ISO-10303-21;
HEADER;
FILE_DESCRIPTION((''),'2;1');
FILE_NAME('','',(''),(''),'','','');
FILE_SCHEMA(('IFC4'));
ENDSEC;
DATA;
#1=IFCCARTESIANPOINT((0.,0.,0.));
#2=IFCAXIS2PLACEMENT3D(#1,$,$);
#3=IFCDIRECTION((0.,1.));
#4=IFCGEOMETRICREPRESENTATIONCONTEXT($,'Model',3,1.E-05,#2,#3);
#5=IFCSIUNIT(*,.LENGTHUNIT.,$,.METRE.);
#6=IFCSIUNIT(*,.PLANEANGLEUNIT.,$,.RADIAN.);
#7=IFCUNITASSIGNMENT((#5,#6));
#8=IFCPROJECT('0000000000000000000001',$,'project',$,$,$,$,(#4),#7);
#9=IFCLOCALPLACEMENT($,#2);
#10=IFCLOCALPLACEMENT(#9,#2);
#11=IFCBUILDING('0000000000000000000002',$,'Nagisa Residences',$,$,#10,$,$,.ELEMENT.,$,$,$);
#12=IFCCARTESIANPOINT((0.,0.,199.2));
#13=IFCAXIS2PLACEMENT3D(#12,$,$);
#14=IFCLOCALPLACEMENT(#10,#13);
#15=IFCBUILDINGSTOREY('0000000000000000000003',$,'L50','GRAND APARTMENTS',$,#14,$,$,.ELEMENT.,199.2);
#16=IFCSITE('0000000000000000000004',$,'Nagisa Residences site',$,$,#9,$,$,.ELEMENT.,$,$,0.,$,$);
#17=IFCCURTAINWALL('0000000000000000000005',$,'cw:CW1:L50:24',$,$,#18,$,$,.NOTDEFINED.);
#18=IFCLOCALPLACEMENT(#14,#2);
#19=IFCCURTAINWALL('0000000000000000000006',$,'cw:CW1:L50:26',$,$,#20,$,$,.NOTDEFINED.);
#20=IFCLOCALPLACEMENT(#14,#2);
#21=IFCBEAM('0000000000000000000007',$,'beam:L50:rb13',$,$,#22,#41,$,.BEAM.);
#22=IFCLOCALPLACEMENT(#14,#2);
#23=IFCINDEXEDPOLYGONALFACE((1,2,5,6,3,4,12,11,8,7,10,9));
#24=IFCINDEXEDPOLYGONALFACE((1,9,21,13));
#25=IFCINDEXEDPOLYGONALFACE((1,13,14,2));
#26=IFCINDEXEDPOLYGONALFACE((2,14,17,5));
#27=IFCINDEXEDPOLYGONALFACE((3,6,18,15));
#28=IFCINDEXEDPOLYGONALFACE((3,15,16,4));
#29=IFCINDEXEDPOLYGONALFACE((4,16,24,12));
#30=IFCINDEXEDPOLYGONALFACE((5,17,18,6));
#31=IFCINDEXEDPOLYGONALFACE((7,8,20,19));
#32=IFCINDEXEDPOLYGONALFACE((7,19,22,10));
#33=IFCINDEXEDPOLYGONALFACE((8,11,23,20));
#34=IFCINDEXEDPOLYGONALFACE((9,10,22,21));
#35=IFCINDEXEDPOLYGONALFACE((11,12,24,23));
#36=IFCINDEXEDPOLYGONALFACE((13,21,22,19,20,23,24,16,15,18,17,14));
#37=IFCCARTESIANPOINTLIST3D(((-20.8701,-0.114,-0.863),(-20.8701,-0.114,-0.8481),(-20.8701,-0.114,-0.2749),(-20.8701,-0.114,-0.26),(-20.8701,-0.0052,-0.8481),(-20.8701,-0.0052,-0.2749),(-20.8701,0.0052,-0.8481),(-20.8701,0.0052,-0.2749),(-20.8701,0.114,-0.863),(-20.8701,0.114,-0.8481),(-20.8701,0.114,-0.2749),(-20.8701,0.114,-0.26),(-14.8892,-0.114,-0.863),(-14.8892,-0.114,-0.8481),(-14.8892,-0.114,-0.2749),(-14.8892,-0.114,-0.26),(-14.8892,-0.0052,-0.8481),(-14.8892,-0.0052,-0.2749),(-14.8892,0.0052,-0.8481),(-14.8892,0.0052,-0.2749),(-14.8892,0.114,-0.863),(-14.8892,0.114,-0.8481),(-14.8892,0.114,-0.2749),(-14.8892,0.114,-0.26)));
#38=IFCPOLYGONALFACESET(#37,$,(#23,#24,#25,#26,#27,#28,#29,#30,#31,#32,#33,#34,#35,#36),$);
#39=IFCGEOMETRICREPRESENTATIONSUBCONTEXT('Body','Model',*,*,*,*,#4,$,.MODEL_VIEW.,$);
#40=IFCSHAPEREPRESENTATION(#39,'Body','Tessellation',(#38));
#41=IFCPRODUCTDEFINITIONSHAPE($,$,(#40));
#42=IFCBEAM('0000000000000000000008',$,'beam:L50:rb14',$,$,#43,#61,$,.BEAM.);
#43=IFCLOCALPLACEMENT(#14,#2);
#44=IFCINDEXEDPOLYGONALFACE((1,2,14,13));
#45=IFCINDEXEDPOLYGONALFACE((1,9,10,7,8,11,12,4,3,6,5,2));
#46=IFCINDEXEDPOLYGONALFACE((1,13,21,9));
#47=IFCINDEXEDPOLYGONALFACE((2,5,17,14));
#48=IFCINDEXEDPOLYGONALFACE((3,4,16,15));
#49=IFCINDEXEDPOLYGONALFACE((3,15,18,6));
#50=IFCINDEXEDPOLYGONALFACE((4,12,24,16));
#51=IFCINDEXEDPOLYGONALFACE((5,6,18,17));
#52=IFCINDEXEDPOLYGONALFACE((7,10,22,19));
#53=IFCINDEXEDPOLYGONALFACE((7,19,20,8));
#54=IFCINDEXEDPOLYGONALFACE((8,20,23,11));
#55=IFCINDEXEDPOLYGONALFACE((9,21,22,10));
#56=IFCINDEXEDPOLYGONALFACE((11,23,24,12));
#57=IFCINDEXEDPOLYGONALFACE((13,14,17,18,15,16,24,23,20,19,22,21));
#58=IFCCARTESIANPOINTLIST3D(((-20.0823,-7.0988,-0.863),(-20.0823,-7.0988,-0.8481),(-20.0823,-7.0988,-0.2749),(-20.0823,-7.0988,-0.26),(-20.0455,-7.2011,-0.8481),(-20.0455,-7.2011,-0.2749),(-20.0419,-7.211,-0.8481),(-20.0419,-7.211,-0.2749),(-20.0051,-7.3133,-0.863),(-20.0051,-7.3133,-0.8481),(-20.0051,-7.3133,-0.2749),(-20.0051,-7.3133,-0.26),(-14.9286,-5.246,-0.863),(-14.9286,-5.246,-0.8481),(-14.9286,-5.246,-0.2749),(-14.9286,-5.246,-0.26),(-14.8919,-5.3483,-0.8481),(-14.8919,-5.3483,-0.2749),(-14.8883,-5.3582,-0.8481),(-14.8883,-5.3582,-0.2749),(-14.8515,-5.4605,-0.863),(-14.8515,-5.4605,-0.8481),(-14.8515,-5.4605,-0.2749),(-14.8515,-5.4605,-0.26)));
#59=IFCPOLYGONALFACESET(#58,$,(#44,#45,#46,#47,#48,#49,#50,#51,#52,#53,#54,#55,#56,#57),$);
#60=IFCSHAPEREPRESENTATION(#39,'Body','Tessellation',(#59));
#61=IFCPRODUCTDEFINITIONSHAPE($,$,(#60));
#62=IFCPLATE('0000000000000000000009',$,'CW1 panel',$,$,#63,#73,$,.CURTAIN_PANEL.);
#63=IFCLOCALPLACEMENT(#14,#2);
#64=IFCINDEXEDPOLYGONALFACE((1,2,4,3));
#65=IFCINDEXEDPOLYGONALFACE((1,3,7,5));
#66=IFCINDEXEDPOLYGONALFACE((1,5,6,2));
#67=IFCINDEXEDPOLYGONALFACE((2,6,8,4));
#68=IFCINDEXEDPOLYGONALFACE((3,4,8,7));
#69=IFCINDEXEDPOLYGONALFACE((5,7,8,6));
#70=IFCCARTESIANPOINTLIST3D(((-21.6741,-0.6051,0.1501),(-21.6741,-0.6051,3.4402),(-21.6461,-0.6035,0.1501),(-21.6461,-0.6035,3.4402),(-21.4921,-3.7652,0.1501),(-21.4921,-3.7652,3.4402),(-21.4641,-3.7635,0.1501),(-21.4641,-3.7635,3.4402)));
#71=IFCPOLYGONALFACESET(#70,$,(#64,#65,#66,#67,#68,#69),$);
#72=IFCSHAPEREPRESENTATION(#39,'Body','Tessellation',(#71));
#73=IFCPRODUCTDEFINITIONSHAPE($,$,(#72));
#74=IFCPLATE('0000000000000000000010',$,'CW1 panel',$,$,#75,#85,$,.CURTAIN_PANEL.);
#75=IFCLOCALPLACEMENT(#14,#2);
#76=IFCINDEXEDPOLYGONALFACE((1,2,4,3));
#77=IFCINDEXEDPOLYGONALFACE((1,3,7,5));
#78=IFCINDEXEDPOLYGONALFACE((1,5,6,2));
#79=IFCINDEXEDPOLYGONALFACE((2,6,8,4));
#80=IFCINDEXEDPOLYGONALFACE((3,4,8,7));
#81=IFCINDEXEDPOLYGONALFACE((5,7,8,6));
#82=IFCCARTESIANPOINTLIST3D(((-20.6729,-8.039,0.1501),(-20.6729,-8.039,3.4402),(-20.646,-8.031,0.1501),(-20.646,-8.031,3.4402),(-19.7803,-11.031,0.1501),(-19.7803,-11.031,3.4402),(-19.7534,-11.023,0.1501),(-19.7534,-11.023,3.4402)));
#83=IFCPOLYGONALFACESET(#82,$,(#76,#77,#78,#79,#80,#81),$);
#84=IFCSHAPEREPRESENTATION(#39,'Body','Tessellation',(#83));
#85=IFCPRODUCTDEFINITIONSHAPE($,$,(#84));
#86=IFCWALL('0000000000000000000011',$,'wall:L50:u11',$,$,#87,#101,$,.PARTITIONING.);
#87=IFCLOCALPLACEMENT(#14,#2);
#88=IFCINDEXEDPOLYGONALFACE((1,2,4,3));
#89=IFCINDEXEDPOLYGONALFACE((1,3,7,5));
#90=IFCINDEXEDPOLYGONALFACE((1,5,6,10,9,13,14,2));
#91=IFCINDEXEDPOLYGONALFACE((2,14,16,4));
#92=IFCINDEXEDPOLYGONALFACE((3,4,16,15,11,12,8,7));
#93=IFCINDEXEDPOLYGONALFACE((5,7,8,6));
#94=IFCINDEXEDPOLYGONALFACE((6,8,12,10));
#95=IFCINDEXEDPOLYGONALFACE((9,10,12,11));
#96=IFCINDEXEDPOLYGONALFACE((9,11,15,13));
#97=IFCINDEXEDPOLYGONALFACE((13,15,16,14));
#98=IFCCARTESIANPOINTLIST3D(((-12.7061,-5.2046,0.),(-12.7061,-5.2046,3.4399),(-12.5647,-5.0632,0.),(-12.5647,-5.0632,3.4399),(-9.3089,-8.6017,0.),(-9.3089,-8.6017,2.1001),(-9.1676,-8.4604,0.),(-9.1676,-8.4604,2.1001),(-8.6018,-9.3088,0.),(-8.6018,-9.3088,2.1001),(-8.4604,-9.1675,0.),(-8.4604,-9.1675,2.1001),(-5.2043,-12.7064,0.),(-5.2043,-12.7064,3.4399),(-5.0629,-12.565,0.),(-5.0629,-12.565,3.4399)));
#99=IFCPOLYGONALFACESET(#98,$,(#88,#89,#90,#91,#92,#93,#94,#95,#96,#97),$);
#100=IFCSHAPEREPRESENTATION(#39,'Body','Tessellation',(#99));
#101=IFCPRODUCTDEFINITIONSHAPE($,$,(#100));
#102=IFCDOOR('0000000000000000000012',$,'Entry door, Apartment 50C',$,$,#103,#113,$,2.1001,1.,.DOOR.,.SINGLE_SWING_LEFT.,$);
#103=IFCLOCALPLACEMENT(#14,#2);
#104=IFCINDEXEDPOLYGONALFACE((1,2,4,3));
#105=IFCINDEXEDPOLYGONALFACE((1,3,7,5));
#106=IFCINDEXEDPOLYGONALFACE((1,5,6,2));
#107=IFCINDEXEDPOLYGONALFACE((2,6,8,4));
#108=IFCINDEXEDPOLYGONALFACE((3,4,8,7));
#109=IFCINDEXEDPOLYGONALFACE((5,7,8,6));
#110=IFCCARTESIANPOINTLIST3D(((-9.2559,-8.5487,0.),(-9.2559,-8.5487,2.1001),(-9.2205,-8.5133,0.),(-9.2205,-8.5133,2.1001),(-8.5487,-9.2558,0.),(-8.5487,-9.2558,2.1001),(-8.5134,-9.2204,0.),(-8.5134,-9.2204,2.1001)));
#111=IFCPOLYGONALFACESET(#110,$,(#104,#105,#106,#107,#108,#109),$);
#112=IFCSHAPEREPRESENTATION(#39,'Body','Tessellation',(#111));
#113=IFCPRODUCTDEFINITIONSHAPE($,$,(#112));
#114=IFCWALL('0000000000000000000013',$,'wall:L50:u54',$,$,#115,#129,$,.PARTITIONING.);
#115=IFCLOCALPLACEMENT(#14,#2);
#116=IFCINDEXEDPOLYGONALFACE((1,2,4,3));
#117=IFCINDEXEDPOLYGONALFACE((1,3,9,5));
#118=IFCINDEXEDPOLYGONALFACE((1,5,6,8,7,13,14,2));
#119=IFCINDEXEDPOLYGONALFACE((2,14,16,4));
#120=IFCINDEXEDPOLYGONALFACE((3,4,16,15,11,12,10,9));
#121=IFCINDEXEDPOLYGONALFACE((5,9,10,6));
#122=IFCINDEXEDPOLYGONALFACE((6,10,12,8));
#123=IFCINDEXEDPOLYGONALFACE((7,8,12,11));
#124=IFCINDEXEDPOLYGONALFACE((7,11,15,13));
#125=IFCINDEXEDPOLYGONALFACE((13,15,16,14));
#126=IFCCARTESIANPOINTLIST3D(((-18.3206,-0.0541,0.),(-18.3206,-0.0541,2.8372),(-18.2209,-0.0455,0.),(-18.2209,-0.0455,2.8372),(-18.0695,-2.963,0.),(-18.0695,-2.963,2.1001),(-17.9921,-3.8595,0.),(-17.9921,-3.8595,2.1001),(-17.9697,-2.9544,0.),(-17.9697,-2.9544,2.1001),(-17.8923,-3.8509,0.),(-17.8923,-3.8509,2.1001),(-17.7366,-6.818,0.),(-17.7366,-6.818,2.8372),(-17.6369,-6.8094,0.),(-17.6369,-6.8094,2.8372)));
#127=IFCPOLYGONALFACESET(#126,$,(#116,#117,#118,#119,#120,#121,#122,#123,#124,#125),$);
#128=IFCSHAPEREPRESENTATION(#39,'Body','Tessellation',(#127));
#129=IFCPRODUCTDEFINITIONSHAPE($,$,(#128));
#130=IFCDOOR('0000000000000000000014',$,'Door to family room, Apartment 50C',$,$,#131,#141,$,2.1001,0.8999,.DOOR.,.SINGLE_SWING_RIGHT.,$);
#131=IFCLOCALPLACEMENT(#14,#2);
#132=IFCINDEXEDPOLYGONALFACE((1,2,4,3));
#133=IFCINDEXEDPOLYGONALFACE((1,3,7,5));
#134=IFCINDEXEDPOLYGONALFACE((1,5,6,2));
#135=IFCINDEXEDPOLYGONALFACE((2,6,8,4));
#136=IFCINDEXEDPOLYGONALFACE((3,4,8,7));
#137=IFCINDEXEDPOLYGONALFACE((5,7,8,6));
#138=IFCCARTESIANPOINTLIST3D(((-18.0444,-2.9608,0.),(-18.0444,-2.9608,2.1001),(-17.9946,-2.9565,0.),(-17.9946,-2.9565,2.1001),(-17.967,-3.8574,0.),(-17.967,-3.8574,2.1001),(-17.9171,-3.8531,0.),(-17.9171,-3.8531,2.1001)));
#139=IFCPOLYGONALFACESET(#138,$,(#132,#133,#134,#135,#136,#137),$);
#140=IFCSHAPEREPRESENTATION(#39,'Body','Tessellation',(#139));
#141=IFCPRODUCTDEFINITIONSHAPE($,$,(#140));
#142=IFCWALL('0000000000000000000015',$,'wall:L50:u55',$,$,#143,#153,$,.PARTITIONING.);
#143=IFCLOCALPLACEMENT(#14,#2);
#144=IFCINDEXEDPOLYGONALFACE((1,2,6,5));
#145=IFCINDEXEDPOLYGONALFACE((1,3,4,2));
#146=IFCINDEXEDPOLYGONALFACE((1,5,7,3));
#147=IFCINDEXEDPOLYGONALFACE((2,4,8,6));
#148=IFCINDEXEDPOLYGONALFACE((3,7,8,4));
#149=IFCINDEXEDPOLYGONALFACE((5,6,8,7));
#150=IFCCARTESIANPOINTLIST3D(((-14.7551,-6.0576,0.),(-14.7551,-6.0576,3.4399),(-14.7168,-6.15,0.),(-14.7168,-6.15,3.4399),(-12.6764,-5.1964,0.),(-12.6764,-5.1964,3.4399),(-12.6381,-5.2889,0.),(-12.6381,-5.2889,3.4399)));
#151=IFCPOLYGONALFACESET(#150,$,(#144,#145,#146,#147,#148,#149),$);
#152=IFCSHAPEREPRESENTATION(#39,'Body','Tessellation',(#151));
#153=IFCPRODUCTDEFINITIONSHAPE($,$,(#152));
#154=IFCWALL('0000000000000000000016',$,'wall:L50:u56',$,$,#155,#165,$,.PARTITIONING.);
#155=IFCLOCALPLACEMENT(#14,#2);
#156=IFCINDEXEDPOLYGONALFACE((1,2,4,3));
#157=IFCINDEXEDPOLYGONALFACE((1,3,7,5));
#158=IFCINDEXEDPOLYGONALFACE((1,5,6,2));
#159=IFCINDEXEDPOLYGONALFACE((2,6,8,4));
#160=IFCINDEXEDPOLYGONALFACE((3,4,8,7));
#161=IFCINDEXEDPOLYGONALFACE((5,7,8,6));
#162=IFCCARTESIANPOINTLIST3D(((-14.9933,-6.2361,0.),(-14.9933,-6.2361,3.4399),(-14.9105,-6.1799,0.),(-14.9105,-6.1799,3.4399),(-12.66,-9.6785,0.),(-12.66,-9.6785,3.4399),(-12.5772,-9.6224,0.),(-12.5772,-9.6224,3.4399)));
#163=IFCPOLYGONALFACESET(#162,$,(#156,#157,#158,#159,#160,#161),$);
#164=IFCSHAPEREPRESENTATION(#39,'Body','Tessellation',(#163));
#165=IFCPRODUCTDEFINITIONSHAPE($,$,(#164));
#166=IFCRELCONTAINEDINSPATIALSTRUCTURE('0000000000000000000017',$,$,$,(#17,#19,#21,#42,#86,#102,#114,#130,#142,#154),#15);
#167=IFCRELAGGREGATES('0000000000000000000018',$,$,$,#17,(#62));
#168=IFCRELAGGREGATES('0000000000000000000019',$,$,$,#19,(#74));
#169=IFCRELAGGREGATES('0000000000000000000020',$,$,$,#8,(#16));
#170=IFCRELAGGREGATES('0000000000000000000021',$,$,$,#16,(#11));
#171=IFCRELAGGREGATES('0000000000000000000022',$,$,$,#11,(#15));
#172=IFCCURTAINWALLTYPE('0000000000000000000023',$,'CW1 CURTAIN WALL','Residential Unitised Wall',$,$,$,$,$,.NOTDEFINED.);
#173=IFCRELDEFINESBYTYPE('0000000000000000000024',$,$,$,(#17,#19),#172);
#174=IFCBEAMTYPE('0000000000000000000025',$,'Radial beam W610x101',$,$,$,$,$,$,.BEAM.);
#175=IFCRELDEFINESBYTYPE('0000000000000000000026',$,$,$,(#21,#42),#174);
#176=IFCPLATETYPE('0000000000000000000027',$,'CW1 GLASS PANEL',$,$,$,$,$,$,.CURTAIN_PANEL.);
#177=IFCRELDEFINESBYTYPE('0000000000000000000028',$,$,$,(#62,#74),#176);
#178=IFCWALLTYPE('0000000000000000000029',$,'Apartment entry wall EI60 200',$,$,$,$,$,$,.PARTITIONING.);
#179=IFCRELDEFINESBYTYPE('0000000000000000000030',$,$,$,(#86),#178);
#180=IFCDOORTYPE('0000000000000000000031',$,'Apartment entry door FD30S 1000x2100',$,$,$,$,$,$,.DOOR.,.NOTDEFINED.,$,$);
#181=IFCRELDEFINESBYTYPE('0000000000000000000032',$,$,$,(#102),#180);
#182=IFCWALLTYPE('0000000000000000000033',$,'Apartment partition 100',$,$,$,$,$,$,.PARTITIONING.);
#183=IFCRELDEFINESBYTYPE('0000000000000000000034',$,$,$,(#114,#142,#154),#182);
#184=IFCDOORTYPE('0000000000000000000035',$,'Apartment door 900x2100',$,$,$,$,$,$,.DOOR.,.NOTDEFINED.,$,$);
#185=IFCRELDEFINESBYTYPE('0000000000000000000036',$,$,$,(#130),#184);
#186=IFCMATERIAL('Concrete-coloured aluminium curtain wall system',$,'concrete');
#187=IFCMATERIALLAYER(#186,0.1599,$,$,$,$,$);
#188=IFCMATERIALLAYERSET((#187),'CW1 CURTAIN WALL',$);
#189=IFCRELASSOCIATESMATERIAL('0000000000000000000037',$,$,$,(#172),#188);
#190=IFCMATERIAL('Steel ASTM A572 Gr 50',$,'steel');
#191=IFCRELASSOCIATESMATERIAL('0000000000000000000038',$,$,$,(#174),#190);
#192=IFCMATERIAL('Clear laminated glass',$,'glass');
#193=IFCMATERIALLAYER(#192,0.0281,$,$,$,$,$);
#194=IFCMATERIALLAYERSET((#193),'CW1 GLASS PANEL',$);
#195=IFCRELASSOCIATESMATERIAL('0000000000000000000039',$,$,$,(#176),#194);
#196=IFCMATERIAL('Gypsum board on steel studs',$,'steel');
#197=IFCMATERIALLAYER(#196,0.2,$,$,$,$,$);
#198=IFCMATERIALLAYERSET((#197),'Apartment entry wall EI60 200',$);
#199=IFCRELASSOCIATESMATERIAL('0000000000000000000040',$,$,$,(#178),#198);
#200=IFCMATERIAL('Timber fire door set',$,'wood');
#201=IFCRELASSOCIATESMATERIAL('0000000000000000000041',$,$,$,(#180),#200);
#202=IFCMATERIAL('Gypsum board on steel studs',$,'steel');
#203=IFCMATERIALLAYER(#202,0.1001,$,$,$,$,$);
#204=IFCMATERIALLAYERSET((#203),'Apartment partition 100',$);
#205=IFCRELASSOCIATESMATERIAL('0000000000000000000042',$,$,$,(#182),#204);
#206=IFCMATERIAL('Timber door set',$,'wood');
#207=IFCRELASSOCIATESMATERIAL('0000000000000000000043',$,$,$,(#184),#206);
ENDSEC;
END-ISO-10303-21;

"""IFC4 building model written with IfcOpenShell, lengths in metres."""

from ifc_helpers import new_model, si_unit, direction, frame, frame_2d, origin, origin_2d, place, context, subcontext, project, spatial, rectangle, i_section, extrude, material, layer, layer_set, material_profile, profile_set, type_object, element, fill, aggregate, save


model = new_model("IFC4")

# Units and contexts
model_context = context("Model", 3, precision=1e-05, world=origin(), true_north=direction((0.0, 1.0)))
body_context = subcontext(model_context, "Body", "Model", "MODEL_VIEW")
ifc_project = project(units=[si_unit("LENGTHUNIT", "METRE"), si_unit("PLANEANGLEUNIT", "RADIAN")], contexts=[model_context])

# Site, building, storey
site_placement = place(None, origin())
site = spatial("IfcSite", under=ifc_project, at=site_placement, Name="Nagisa Residences site", CompositionType="ELEMENT", RefElevation=0.0)
building_placement = place(site_placement, origin())
building = spatial("IfcBuilding", under=site, at=building_placement, Name="Nagisa Residences", CompositionType="ELEMENT")
storey_placement = place(building_placement, frame((0.0, 0.0, 199.2)))
storey = spatial("IfcBuildingStorey", under=building, at=storey_placement, Name="L50", Description="GRAND APARTMENTS", CompositionType="ELEMENT", Elevation=199.2)

# Curtain walls
ifc_material_1 = material(Name="Concrete-coloured aluminium curtain wall system", Category="concrete")
ifc_layer_1 = layer(ifc_material_1, 0.1599)
ifc_layer_set_1 = layer_set([ifc_layer_1], Name="CW1 CURTAIN WALL")
curtain_wall_type = type_object("IfcCurtainWallType", Name="CW1 CURTAIN WALL", Description="Residential Unitised Wall", PredefinedType="NOTDEFINED", material=ifc_layer_set_1)
curtain_wall_1_placement = place(storey_placement, origin())
curtain_wall_1 = element("IfcCurtainWall", 1, at=curtain_wall_1_placement, inside=storey, type_object=curtain_wall_type, Name="cw:CW1:L50:24", PredefinedType="NOTDEFINED")
curtain_wall_2_placement = place(storey_placement, origin())
curtain_wall_2 = element("IfcCurtainWall", 2, at=curtain_wall_2_placement, inside=storey, type_object=curtain_wall_type, Name="cw:CW1:L50:26", PredefinedType="NOTDEFINED")

# Beams
ifc_material_2 = material(Name="Steel ASTM A572 Gr 50", Category="steel")
ifc_material_profile_1 = material_profile(ifc_material_2, i_section(OverallWidth=0.228, OverallDepth=0.603, WebThickness=0.0105, FlangeThickness=0.0149, at=origin_2d()), Name="W610x101")
ifc_profile_set_1 = profile_set([ifc_material_profile_1], Name="Steel ASTM A572 Gr 50")
beam_type_1 = type_object("IfcBeamType", Name="Radial beam W610x101", PredefinedType="BEAM", material=ifc_profile_set_1)
beam_1_placement = place(storey_placement, frame((-20.8701, 0.0, -0.5615), z_axis=(1.0, 0.0, 0.0), x_axis=(0.0, 1.0, 0.0)))
element("IfcBeam", 3, at=beam_1_placement, inside=storey, type_object=beam_type_1, Name="beam:L50:rb13", PredefinedType="BEAM", context=body_context, shape_type="SweptSolid", body=[
    extrude(i_section(OverallWidth=0.228, OverallDepth=0.603, WebThickness=0.0105, FlangeThickness=0.0149, at=origin_2d()), origin(), (0.0, 0.0, 1.0), 5.981),
])
beam_2_placement = place(storey_placement, frame((-20.0437, -7.2061, -0.5615), z_axis=(0.941033, 0.338315, 0.0), x_axis=(-0.338315, 0.941033, 0.0)))
element("IfcBeam", 4, at=beam_2_placement, inside=storey, type_object=beam_type_1, Name="beam:L50:rb14", PredefinedType="BEAM", context=body_context, shape_type="SweptSolid", body=[
    extrude(i_section(OverallWidth=0.228, OverallDepth=0.603, WebThickness=0.0105, FlangeThickness=0.0149, at=origin_2d()), origin(), (0.0, 0.0, 1.0), 5.4766),
])

# Plates
ifc_material_3 = material(Name="Clear laminated glass", Category="glass")
ifc_layer_2 = layer(ifc_material_3, 0.0281)
ifc_layer_set_2 = layer_set([ifc_layer_2], Name="CW1 GLASS PANEL")
plate_type = type_object("IfcPlateType", Name="CW1 GLASS PANEL", PredefinedType="CURTAIN_PANEL", material=ifc_layer_set_2)
plate_1_placement = place(storey_placement, frame((-21.5691, -2.1843, 0.1501), z_axis=(0.0, 0.0, 1.0), x_axis=(0.057503, -0.998345, 0.0)))
plate_1 = element("IfcPlate", 5, at=plate_1_placement, type_object=plate_type, Name="CW1 panel", PredefinedType="CURTAIN_PANEL", context=body_context, shape_type="SweptSolid", body=[
    extrude(rectangle(XDim=3.1653, YDim=0.0281, at=origin_2d()), origin(), (0.0, 0.0, 1.0), 3.29),
])
aggregate(curtain_wall_1, [plate_1])
plate_2_placement = place(storey_placement, frame((-20.2131, -9.531, 0.1501), z_axis=(0.0, 0.0, 1.0), x_axis=(0.28586, -0.958271, 0.0)))
plate_2 = element("IfcPlate", 6, at=plate_2_placement, type_object=plate_type, Name="CW1 panel", PredefinedType="CURTAIN_PANEL", context=body_context, shape_type="SweptSolid", body=[
    extrude(rectangle(XDim=3.1223, YDim=0.0281, at=origin_2d()), origin(), (0.0, 0.0, 1.0), 3.29),
])
aggregate(curtain_wall_2, [plate_2])

# Walls, openings, doors
ifc_material_4 = material(Name="Gypsum board on steel studs", Category="steel")
ifc_layer_3 = layer(ifc_material_4, 0.2)
ifc_layer_set_3 = layer_set([ifc_layer_3], Name="Apartment entry wall EI60 200")
wall_type_1 = type_object("IfcWallType", Name="Apartment entry wall EI60 200", PredefinedType="PARTITIONING", material=ifc_layer_set_3)
wall_1_placement = place(storey_placement, frame((-12.6355, -5.1338, 0.0), z_axis=(0.0, 0.0, 1.0), x_axis=(0.707107, -0.707107, 0.0)))
wall_1 = element("IfcWall", 7, at=wall_1_placement, inside=storey, type_object=wall_type_1, Name="wall:L50:u11", PredefinedType="PARTITIONING", context=body_context, shape_type="SweptSolid", body=[
    extrude(rectangle(XDim=10.6091, YDim=0.2, at=frame_2d((5.3047, 0.0))), origin(), (0.0, 0.0, 1.0), 3.4399),
])
opening_1_placement = place(wall_1_placement, frame((4.8044, 0.0, 0.0)))
opening_1 = element("IfcOpeningElement", 8, at=opening_1_placement, cuts=wall_1, PredefinedType="OPENING", context=body_context, shape_type="SweptSolid", body=[
    extrude(rectangle(XDim=1.0, YDim=2.1001, at=frame_2d((0.5, 1.05))), frame((0.0, 0.1099, 0.0), z_axis=(0.0, -1.0, 0.0), x_axis=(1.0, 0.0, 0.0)), (0.0, 0.0, 1.0), 0.22),
])
ifc_material_5 = material(Name="Timber fire door set", Category="wood")
door_type_1 = type_object("IfcDoorType", Name="Apartment entry door FD30S 1000x2100", OperationType="NOTDEFINED", PredefinedType="DOOR", material=ifc_material_5)
door_1_placement = place(opening_1_placement, frame((1.0, 0.0, 0.0), x_axis=(-1.0, 0.0, 0.0)))
door_1 = element("IfcDoor", 9, at=door_1_placement, inside=storey, type_object=door_type_1, Name="Entry door, Apartment 50C", OperationType="SINGLE_SWING_LEFT", OverallHeight=2.1001, OverallWidth=1.0, PredefinedType="DOOR", context=body_context, shape_type="SweptSolid", body=[
    extrude(rectangle(XDim=1.0, YDim=2.1001, at=frame_2d((0.5, 1.05))), frame((0.0, 0.0249, 0.0), z_axis=(0.0, -1.0, 0.0), x_axis=(1.0, 0.0, 0.0)), (0.0, 0.0, 1.0), 0.05),
])
fill(opening_1, door_1)
ifc_material_6 = material(Name="Gypsum board on steel studs", Category="steel")
ifc_layer_4 = layer(ifc_material_6, 0.1001)
ifc_layer_set_4 = layer_set([ifc_layer_4], Name="Apartment partition 100")
wall_type_2 = type_object("IfcWallType", Name="Apartment partition 100", PredefinedType="PARTITIONING", material=ifc_layer_set_4)
wall_2_placement = place(storey_placement, frame((-18.2708, -0.0498, 0.0), z_axis=(0.0, 0.0, 1.0), x_axis=(0.086018, -0.996294, 0.0)))
wall_2 = element("IfcWall", 10, at=wall_2_placement, inside=storey, type_object=wall_type_2, Name="wall:L50:u54", PredefinedType="PARTITIONING", context=body_context, shape_type="SweptSolid", body=[
    extrude(rectangle(XDim=6.7891, YDim=0.1001, at=frame_2d((3.3945, 0.0))), origin(), (0.0, 0.0, 1.0), 2.8372),
])
opening_2_placement = place(wall_2_placement, frame((2.9197, 0.0, 0.0)))
opening_2 = element("IfcOpeningElement", 11, at=opening_2_placement, cuts=wall_2, PredefinedType="OPENING", context=body_context, shape_type="SweptSolid", body=[
    extrude(rectangle(XDim=0.8999, YDim=2.1001, at=frame_2d((0.45, 1.05))), frame((0.0, 0.0601, 0.0), z_axis=(0.0, -1.0, 0.0), x_axis=(1.0, 0.0, 0.0)), (0.0, 0.0, 1.0), 0.1201),
])
ifc_material_7 = material(Name="Timber door set", Category="wood")
door_type_2 = type_object("IfcDoorType", Name="Apartment door 900x2100", OperationType="NOTDEFINED", PredefinedType="DOOR", material=ifc_material_7)
door_2_placement = place(opening_2_placement, frame((0.8999, 0.0, 0.0), x_axis=(-1.0, 0.0, 0.0)))
door_2 = element("IfcDoor", 12, at=door_2_placement, inside=storey, type_object=door_type_2, Name="Door to family room, Apartment 50C", OperationType="SINGLE_SWING_RIGHT", OverallHeight=2.1001, OverallWidth=0.8999, PredefinedType="DOOR", context=body_context, shape_type="SweptSolid", body=[
    extrude(rectangle(XDim=0.8999, YDim=2.1001, at=frame_2d((0.45, 1.05))), frame((0.0, 0.0249, 0.0), z_axis=(0.0, -1.0, 0.0), x_axis=(1.0, 0.0, 0.0)), (0.0, 0.0, 1.0), 0.05),
])
fill(opening_2, door_2)

# Walls
wall_3_placement = place(storey_placement, frame((-12.6572, -5.2427, 0.0), z_axis=(0.0, 0.0, 1.0), x_axis=(-0.923865, -0.382719, 0.0)))
element("IfcWall", 13, at=wall_3_placement, inside=storey, type_object=wall_type_2, Name="wall:L50:u55", PredefinedType="PARTITIONING", context=body_context, shape_type="SweptSolid", body=[
    extrude(rectangle(XDim=2.25, YDim=0.1001, at=frame_2d((1.125, 0.0))), origin(), (0.0, 0.0, 1.0), 3.4399),
])
wall_4_placement = place(storey_placement, frame((-14.9519, -6.208, 0.0), z_axis=(0.0, 0.0, 1.0), x_axis=(0.561065, -0.827772, 0.0)))
element("IfcWall", 14, at=wall_4_placement, inside=storey, type_object=wall_type_2, Name="wall:L50:u56", PredefinedType="PARTITIONING", context=body_context, shape_type="SweptSolid", body=[
    extrude(rectangle(XDim=4.1587, YDim=0.1001, at=frame_2d((2.0793, 0.0))), origin(), (0.0, 0.0, 1.0), 3.4399),
])

save(model, "model.ifc")
